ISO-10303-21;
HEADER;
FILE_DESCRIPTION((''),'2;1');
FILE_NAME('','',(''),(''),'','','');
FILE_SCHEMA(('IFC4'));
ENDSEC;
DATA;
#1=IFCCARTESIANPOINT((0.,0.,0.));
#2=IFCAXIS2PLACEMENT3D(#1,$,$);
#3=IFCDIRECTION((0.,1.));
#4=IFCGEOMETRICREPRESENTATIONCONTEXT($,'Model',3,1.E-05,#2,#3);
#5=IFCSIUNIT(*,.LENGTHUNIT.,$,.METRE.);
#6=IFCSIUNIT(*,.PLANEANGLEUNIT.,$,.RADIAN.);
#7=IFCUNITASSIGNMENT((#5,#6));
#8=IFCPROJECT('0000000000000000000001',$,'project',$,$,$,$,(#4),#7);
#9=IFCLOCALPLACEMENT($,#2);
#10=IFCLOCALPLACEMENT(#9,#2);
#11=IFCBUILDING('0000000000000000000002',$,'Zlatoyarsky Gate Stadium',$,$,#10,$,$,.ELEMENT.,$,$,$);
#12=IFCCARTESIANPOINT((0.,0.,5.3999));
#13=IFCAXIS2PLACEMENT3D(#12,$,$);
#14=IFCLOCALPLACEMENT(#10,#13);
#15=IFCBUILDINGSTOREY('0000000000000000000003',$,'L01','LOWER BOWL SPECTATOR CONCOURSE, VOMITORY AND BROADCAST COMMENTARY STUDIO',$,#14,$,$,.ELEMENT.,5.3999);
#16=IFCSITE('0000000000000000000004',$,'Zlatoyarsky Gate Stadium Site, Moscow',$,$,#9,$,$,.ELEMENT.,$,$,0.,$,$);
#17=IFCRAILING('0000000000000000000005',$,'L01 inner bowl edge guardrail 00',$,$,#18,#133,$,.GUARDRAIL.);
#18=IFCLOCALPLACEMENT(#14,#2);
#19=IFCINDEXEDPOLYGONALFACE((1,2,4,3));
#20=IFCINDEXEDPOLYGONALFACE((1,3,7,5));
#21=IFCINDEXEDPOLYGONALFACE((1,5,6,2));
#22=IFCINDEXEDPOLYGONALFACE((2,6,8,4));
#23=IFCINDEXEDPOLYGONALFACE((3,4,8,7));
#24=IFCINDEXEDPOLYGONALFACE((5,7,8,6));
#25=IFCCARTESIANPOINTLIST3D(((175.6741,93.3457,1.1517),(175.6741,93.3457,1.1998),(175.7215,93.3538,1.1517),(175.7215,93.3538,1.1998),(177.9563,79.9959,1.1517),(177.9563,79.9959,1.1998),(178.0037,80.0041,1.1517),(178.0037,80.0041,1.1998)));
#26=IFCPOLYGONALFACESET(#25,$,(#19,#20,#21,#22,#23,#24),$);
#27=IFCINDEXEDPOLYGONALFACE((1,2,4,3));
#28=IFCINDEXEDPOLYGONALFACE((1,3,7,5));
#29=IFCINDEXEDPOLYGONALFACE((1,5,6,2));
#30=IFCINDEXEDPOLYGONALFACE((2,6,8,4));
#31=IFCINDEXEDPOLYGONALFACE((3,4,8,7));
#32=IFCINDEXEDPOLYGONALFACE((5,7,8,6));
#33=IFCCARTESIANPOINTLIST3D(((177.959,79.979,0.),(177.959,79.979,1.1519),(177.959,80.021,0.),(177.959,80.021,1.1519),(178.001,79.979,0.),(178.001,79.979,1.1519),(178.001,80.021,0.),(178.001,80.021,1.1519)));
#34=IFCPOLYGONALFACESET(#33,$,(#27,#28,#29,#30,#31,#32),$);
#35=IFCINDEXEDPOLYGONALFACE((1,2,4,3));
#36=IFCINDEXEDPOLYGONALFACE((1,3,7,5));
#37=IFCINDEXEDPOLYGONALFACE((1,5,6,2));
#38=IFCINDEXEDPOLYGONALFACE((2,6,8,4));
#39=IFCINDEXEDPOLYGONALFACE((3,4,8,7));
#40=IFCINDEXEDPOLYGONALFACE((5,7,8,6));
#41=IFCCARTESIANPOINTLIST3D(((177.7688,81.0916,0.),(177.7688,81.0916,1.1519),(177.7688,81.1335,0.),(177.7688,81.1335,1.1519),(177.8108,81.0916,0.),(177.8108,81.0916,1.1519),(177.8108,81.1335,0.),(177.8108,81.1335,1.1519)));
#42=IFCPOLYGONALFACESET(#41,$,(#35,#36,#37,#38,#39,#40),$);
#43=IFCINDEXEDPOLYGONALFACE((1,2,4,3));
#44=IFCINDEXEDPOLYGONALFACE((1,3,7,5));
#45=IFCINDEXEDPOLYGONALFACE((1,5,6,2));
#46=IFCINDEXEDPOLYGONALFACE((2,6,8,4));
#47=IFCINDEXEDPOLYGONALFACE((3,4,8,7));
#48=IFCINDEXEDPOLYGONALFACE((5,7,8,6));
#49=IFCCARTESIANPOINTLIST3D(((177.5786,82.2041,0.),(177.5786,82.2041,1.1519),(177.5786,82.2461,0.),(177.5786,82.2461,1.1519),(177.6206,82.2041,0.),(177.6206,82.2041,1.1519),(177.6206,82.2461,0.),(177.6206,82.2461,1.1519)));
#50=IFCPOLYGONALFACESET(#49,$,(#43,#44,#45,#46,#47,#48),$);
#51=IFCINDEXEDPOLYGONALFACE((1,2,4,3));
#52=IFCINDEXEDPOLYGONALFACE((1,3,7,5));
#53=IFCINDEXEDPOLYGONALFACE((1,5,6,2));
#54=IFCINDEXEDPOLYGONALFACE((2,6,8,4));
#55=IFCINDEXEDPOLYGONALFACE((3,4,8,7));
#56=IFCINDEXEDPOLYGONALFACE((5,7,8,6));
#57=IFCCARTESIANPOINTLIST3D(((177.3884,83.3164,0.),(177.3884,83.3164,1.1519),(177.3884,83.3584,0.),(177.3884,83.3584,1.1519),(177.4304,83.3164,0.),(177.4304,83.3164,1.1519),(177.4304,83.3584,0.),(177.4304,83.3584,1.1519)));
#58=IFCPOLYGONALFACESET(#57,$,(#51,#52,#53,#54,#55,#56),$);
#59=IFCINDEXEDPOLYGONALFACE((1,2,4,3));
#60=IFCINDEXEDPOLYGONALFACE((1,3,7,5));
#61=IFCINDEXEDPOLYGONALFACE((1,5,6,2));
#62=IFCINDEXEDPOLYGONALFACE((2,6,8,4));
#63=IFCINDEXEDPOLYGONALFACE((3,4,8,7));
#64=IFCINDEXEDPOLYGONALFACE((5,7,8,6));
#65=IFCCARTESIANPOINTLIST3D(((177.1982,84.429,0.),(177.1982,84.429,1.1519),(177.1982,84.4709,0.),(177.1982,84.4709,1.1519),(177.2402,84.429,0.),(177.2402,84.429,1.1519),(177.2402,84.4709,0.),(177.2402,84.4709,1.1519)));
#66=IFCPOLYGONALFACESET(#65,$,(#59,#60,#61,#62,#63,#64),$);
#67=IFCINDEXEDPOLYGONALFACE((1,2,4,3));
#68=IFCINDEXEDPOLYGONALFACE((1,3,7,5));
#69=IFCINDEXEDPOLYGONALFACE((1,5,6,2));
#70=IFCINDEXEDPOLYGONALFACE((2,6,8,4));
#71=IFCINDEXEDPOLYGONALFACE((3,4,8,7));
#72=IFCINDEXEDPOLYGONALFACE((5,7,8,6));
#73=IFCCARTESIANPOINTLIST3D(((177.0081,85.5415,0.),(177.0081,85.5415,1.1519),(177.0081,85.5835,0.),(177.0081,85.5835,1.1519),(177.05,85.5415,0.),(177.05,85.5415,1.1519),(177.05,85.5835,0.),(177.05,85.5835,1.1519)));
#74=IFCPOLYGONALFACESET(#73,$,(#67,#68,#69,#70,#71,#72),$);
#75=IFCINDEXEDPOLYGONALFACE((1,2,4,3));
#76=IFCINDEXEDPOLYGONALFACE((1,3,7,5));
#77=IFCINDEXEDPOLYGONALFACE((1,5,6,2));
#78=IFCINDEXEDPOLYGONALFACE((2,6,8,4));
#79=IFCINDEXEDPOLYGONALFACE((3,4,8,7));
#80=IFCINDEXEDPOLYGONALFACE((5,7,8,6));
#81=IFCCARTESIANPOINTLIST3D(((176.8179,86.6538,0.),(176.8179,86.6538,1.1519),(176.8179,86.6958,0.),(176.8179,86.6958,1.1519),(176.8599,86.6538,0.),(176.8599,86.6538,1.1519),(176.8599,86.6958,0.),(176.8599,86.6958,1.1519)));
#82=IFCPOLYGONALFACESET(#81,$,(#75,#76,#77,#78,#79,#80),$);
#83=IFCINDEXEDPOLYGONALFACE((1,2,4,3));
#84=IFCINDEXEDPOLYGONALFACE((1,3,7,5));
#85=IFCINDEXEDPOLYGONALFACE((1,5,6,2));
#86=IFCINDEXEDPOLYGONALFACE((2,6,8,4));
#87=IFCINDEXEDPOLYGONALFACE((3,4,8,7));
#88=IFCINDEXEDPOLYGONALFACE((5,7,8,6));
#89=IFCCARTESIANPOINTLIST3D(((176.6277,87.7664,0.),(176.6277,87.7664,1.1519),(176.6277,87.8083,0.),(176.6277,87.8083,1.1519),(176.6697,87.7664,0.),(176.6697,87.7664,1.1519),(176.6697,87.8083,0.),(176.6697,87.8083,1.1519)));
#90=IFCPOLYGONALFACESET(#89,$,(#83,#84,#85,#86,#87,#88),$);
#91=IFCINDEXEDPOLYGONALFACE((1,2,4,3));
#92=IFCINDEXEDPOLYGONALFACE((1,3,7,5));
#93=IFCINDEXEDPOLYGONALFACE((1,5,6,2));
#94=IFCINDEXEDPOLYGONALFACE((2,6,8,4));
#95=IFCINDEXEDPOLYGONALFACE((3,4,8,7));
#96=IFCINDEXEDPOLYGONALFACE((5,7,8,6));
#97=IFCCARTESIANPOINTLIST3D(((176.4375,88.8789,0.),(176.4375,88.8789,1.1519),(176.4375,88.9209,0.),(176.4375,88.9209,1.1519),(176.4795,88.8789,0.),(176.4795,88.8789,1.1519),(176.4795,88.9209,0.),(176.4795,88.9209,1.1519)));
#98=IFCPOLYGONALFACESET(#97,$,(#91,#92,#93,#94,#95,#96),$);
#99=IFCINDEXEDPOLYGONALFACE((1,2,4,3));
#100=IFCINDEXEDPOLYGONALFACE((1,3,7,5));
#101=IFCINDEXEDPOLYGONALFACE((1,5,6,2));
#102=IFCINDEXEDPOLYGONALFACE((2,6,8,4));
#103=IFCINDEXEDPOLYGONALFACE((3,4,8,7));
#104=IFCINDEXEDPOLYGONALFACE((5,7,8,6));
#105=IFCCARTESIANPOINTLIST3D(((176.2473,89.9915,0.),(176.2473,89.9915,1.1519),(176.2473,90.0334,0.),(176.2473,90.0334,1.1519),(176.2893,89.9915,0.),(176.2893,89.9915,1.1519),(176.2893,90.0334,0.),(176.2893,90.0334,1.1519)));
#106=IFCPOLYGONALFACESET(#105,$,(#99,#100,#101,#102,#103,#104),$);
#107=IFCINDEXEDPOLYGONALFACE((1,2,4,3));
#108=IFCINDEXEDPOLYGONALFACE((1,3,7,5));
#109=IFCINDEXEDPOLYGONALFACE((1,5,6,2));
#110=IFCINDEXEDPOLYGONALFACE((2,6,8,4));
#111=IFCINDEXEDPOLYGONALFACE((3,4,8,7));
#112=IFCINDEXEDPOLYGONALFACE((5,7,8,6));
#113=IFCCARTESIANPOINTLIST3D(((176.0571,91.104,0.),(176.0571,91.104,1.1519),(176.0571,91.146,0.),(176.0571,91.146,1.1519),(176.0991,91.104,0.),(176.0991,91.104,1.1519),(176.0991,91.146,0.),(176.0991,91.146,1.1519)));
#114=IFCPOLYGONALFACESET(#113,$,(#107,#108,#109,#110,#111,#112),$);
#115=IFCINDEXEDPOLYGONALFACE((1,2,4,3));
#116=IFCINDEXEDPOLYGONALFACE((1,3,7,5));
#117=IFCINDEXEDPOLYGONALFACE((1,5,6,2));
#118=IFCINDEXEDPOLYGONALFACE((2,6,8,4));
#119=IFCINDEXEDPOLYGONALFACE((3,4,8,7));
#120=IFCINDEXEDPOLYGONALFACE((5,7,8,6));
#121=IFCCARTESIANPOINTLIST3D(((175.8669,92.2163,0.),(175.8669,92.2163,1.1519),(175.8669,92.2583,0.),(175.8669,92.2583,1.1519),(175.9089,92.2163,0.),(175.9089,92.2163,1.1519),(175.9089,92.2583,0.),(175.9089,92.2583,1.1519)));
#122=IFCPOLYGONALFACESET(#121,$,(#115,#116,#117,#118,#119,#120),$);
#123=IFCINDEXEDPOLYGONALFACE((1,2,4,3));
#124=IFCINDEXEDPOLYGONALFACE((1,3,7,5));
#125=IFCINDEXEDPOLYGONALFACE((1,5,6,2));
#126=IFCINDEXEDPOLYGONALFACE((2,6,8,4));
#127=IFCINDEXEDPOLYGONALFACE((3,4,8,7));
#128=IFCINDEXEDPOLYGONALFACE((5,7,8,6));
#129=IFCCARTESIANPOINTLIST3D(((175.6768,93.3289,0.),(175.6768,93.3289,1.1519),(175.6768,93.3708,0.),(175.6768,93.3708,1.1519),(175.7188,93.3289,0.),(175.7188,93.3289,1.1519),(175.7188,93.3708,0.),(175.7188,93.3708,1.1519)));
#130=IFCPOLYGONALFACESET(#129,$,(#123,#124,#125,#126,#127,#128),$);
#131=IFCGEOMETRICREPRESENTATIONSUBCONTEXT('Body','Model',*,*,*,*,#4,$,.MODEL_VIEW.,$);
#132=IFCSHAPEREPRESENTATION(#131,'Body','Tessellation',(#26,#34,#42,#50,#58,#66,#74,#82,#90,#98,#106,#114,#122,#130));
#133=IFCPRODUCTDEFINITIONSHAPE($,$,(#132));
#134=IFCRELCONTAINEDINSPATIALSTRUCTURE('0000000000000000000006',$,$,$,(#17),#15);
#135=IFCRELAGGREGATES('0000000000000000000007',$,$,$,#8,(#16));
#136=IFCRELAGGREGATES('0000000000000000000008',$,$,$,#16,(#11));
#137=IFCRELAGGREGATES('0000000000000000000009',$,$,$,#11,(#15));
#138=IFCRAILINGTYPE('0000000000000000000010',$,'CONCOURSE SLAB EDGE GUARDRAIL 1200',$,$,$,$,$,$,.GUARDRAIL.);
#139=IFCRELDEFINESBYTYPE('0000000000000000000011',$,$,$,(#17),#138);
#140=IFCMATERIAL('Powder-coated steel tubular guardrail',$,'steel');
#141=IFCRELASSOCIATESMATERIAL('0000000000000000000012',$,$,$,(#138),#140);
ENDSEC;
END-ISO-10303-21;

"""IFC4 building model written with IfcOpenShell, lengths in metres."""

from ifc_helpers import new_model, si_unit, direction, frame, origin, origin_2d, place, context, subcontext, project, spatial, rectangle, extrude, material, type_object, element, save


model = new_model("IFC4")

# Units and contexts
model_context = context("Model", 3, precision=1e-05, world=origin(), true_north=direction((0.0, 1.0)))
body_context = subcontext(model_context, "Body", "Model", "MODEL_VIEW")
ifc_project = project(units=[si_unit("LENGTHUNIT", "METRE"), si_unit("PLANEANGLEUNIT", "RADIAN")], contexts=[model_context])

# Site, building, storey
site_placement = place(None, origin())
site = spatial("IfcSite", under=ifc_project, at=site_placement, Name="Zlatoyarsky Gate Stadium Site, Moscow", CompositionType="ELEMENT", RefElevation=0.0)
building_placement = place(site_placement, origin())
building = spatial("IfcBuilding", under=site, at=building_placement, Name="Zlatoyarsky Gate Stadium", CompositionType="ELEMENT")
storey_placement = place(building_placement, frame((0.0, 0.0, 5.3999)))
storey = spatial("IfcBuildingStorey", under=building, at=storey_placement, Name="L01", Description="LOWER BOWL SPECTATOR CONCOURSE, VOMITORY AND BROADCAST COMMENTARY STUDIO", CompositionType="ELEMENT", Elevation=5.3999)

# Railing
ifc_material_1 = material(Name="Powder-coated steel tubular guardrail", Category="steel")
railing_type_1 = type_object("IfcRailingType", Name="CONCOURSE SLAB EDGE GUARDRAIL 1200", PredefinedType="GUARDRAIL", material=ifc_material_1)
railing_1_placement = place(storey_placement, frame((177.98, 80.0, 0.0)))
element("IfcRailing", 1, at=railing_1_placement, inside=storey, type_object=railing_type_1, Name="L01 inner bowl edge guardrail 00", PredefinedType="GUARDRAIL", context=body_context, shape_type="SweptSolid", body=[
    extrude(rectangle(XDim=0.0481, YDim=0.0481, at=origin_2d()), frame((0.0, 0.0, 1.1758), z_axis=(-0.16851, 0.9857, 0.0), x_axis=(-0.9857, -0.16851, 0.0)), (0.0, 0.0, 1.0), 13.5435),
    extrude(rectangle(XDim=0.042, YDim=0.042, at=origin_2d()), origin(), (0.0, 0.0, 1.0), 1.1519),
    extrude(rectangle(XDim=0.042, YDim=0.042, at=origin_2d()), frame((-0.1902, 1.1125, 0.0)), (0.0, 0.0, 1.0), 1.1519),
    extrude(rectangle(XDim=0.042, YDim=0.042, at=origin_2d()), frame((-0.3804, 2.2251, 0.0)), (0.0, 0.0, 1.0), 1.1519),
    extrude(rectangle(XDim=0.042, YDim=0.042, at=origin_2d()), frame((-0.5706, 3.3374, 0.0)), (0.0, 0.0, 1.0), 1.1519),
    extrude(rectangle(XDim=0.042, YDim=0.042, at=origin_2d()), frame((-0.7607, 4.45, 0.0)), (0.0, 0.0, 1.0), 1.1519),
    extrude(rectangle(XDim=0.042, YDim=0.042, at=origin_2d()), frame((-0.9509, 5.5625, 0.0)), (0.0, 0.0, 1.0), 1.1519),
    extrude(rectangle(XDim=0.042, YDim=0.042, at=origin_2d()), frame((-1.1411, 6.6748, 0.0)), (0.0, 0.0, 1.0), 1.1519),
    extrude(rectangle(XDim=0.042, YDim=0.042, at=origin_2d()), frame((-1.3313, 7.7874, 0.0)), (0.0, 0.0, 1.0), 1.1519),
    extrude(rectangle(XDim=0.042, YDim=0.042, at=origin_2d()), frame((-1.5215, 8.8999, 0.0)), (0.0, 0.0, 1.0), 1.1519),
    extrude(rectangle(XDim=0.042, YDim=0.042, at=origin_2d()), frame((-1.7117, 10.0125, 0.0)), (0.0, 0.0, 1.0), 1.1519),
    extrude(rectangle(XDim=0.042, YDim=0.042, at=origin_2d()), frame((-1.9019, 11.125, 0.0)), (0.0, 0.0, 1.0), 1.1519),
    extrude(rectangle(XDim=0.042, YDim=0.042, at=origin_2d()), frame((-2.092, 12.2373, 0.0)), (0.0, 0.0, 1.0), 1.1519),
    extrude(rectangle(XDim=0.042, YDim=0.042, at=origin_2d()), frame((-2.2822, 13.3499, 0.0)), (0.0, 0.0, 1.0), 1.1519),
])

save(model, "model.ifc")
